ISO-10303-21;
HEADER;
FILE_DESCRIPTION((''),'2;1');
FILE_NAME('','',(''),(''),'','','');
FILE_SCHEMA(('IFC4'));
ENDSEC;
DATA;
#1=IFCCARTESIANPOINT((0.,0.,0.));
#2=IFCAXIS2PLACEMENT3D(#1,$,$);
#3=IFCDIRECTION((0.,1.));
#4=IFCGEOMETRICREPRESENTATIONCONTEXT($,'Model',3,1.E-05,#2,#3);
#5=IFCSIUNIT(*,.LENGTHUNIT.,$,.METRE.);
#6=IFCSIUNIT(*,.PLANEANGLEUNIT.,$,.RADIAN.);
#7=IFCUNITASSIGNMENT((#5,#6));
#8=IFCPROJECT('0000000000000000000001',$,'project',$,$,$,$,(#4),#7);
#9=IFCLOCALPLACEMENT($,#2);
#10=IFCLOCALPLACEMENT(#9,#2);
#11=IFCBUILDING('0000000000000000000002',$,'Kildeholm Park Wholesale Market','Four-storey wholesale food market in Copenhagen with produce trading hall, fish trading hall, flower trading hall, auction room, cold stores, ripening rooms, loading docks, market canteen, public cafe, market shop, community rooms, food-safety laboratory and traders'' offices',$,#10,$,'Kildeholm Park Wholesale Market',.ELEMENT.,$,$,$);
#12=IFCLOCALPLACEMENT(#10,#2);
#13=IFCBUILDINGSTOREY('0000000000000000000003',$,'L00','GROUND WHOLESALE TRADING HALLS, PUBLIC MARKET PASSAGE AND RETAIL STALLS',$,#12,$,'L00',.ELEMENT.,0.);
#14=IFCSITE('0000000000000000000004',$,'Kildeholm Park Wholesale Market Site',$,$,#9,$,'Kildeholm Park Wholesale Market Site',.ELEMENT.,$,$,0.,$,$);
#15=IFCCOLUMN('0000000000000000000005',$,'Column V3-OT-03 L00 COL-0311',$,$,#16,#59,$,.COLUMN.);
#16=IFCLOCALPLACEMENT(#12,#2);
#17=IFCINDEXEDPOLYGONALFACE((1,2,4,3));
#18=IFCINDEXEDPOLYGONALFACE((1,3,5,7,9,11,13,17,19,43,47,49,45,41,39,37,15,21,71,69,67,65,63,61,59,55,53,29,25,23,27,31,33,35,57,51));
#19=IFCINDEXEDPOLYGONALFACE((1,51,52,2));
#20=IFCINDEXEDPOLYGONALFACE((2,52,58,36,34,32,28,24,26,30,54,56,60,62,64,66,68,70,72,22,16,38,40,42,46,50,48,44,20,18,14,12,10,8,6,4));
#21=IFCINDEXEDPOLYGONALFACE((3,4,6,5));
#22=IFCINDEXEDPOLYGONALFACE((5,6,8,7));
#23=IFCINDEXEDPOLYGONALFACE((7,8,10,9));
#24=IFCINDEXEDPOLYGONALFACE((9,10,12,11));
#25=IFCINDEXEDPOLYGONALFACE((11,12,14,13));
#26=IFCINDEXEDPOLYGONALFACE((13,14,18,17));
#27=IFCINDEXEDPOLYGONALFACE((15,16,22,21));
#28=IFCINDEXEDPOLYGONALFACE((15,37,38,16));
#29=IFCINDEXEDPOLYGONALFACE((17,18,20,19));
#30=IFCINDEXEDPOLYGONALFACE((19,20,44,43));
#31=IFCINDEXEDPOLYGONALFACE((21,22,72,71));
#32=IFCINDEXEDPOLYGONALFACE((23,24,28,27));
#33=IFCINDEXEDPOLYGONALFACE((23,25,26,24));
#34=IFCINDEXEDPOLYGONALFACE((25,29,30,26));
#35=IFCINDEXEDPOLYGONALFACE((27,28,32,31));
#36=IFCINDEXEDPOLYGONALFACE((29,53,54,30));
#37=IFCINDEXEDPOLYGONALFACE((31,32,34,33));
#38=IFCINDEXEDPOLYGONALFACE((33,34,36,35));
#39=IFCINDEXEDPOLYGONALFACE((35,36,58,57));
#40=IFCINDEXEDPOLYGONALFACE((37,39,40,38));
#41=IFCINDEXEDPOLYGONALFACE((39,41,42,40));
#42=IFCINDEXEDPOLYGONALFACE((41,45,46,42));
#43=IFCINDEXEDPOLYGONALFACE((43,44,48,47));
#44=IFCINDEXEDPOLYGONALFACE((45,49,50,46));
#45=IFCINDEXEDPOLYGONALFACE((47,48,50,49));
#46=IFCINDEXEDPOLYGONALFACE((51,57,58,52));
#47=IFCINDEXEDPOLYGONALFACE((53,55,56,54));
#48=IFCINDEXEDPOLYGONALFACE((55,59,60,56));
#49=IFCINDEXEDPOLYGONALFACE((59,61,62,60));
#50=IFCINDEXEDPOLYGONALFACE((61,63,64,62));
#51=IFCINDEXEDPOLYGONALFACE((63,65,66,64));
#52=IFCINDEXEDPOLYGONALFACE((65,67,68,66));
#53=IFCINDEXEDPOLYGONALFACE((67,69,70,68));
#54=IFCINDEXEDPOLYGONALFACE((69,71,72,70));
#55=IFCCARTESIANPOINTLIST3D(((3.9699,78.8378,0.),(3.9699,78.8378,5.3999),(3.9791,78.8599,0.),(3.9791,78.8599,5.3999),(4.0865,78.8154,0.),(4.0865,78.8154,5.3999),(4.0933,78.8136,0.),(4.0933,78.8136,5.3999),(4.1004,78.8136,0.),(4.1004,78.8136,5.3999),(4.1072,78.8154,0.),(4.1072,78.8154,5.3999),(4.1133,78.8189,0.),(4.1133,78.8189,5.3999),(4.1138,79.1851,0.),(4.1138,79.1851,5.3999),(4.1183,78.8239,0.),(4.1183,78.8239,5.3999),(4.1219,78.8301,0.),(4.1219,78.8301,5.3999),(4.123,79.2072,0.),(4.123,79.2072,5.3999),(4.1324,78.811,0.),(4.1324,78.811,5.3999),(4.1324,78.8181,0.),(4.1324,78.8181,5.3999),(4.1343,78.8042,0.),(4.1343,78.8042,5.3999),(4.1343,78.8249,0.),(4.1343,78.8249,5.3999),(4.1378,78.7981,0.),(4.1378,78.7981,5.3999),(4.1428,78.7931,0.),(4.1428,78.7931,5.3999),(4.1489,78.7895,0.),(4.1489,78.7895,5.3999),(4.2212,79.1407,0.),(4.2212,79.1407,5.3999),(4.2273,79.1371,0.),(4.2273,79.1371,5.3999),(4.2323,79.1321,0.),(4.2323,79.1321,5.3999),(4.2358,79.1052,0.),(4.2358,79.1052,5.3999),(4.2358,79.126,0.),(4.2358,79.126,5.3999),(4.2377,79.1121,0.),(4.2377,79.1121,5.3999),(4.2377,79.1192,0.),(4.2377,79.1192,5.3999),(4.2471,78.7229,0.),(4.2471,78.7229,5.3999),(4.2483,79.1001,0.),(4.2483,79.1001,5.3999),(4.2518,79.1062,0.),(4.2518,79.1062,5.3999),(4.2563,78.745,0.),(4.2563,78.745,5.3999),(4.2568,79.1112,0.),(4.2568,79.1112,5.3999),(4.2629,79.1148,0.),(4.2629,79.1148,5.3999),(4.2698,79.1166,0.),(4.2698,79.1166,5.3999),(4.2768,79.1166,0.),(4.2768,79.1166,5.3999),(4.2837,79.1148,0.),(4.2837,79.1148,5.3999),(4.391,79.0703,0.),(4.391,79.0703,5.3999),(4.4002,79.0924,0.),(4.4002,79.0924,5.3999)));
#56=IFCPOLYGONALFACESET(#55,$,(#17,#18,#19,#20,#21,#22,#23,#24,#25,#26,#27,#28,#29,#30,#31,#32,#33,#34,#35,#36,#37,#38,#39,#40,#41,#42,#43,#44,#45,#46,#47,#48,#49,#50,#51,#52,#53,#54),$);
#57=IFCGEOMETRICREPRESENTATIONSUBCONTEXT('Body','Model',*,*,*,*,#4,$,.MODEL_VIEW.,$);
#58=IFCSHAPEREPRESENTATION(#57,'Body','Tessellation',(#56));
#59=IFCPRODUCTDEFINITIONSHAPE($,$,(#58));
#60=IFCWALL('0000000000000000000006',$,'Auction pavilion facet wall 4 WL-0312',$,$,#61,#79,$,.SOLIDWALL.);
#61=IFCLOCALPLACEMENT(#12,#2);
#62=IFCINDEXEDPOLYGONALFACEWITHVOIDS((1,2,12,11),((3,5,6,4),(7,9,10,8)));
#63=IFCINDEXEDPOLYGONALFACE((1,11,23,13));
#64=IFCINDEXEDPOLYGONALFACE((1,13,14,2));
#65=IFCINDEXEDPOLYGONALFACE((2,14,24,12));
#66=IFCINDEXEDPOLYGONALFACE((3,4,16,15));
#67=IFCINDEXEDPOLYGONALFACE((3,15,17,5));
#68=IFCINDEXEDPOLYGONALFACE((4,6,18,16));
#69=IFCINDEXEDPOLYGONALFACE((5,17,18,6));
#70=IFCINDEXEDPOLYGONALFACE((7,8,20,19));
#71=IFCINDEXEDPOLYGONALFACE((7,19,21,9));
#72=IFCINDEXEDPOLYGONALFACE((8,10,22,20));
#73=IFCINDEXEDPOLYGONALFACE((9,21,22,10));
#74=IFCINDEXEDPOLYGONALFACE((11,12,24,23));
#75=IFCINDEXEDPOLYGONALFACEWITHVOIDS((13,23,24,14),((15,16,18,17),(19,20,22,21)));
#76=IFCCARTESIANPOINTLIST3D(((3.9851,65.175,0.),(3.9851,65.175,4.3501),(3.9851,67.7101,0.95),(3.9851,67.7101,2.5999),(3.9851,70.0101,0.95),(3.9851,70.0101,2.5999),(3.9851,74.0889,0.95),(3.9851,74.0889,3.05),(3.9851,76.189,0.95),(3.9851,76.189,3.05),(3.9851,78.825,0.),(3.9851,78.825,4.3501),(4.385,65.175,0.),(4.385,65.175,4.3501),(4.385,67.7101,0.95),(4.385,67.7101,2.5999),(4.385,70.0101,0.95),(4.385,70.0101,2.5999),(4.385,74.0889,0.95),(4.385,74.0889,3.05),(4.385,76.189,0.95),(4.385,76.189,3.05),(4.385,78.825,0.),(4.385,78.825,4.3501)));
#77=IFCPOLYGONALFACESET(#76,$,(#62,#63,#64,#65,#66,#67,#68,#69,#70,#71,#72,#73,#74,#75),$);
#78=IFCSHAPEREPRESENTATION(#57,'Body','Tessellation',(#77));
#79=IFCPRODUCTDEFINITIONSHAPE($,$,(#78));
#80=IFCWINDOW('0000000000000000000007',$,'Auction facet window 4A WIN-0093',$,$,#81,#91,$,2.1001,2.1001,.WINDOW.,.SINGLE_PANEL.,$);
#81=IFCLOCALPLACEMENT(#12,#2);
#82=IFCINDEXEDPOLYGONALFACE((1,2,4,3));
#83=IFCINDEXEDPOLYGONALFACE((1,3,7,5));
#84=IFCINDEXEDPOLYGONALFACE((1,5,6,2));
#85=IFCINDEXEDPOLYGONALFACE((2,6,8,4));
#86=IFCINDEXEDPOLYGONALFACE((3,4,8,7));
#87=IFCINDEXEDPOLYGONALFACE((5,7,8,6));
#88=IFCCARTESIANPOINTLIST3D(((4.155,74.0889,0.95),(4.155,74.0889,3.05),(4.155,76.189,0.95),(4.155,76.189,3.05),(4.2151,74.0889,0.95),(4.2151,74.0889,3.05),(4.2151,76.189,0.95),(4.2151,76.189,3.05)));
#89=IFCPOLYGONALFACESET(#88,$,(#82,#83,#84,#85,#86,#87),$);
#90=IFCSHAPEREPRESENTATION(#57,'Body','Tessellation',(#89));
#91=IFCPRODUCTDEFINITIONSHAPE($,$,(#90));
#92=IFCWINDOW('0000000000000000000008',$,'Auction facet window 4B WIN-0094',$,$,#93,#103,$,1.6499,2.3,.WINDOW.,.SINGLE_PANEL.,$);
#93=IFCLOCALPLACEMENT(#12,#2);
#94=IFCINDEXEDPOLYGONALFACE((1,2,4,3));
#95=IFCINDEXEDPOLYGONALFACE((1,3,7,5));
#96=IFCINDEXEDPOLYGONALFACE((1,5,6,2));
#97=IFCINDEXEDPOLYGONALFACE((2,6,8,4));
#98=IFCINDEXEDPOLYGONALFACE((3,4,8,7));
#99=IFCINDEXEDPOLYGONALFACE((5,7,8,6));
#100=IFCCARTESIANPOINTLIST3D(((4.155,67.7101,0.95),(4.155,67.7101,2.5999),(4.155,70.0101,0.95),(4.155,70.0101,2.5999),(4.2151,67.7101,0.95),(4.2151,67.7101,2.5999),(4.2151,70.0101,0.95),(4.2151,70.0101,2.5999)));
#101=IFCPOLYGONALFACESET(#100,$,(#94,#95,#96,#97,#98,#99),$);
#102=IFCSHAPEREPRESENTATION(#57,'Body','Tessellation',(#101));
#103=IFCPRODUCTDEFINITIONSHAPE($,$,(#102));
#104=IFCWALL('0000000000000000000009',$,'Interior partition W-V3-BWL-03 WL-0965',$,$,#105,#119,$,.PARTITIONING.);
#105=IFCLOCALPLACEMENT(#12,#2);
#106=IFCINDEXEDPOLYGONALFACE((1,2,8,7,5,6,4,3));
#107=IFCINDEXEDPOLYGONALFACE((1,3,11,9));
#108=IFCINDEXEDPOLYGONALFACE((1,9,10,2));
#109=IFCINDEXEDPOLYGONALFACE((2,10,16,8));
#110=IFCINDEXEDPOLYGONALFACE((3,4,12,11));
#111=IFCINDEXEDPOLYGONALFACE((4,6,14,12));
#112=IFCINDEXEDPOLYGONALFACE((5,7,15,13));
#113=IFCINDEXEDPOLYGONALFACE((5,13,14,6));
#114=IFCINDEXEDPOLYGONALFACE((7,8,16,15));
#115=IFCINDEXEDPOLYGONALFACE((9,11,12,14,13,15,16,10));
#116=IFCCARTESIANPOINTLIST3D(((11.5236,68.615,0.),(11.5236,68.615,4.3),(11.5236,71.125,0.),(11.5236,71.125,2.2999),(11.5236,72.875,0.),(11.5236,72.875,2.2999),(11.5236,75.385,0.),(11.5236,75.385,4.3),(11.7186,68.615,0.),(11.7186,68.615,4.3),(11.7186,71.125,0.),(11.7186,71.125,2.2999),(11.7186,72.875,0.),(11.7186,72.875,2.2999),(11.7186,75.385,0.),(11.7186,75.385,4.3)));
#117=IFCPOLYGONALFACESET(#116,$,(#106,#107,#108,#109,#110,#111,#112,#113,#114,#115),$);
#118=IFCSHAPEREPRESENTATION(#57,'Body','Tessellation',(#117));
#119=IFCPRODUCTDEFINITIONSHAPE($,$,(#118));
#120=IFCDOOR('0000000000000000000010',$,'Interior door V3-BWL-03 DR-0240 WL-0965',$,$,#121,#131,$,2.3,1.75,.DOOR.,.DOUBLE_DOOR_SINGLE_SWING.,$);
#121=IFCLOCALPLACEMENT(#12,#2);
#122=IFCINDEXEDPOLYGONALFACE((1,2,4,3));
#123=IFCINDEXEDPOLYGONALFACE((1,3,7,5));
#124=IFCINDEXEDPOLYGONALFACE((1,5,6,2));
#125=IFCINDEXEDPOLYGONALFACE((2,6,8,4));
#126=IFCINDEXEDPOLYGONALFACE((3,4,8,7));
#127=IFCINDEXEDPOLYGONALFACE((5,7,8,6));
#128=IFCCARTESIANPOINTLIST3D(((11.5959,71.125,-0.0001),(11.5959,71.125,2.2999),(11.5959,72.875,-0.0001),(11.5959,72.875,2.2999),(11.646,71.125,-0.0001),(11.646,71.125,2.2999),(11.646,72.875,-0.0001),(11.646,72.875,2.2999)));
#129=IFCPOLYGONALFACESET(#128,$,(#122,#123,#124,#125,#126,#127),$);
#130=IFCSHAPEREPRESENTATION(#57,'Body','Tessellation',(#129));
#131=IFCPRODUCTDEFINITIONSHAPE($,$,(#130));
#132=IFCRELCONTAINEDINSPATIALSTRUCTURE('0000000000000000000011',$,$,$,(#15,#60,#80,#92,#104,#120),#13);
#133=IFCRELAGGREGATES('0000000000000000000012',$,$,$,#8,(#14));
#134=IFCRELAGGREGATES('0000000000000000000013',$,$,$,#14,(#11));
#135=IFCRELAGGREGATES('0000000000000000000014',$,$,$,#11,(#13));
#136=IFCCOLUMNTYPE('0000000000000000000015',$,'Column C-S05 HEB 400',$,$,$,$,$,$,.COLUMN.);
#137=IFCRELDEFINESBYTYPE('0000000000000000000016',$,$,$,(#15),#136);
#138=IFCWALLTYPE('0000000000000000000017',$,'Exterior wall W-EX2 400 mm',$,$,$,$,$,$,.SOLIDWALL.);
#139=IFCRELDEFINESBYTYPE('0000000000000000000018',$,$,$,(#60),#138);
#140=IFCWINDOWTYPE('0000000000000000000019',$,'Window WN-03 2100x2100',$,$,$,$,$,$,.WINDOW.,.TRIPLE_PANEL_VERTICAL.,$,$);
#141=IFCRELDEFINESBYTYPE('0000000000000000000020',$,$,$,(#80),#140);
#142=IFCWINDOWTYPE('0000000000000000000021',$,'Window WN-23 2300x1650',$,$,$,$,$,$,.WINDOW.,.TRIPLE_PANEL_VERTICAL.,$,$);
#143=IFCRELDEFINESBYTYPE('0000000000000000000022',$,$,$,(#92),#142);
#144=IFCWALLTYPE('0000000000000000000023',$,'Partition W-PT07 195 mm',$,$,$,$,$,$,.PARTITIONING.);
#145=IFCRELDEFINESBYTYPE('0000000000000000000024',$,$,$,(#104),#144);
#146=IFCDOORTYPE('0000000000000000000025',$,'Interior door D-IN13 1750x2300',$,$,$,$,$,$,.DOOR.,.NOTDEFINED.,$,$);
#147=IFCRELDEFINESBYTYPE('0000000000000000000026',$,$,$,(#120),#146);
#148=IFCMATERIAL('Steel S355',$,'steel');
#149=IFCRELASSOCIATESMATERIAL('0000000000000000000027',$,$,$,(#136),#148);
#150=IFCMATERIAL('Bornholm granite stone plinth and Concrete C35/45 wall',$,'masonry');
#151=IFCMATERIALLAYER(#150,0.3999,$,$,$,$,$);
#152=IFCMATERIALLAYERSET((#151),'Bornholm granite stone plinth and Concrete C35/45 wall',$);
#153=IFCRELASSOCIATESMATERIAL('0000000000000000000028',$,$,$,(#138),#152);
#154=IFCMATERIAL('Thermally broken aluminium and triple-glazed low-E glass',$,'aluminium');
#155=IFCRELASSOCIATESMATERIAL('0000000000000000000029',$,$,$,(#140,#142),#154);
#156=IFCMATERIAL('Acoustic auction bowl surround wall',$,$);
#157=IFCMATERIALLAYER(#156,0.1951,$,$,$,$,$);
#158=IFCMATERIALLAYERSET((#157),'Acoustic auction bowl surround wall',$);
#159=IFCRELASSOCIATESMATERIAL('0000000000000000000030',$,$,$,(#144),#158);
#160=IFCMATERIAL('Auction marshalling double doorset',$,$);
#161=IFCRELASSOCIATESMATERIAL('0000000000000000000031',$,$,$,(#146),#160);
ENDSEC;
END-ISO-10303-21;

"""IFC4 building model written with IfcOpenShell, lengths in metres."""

from ifc_helpers import new_model, si_unit, direction, frame, frame_2d, origin, origin_2d, place, context, subcontext, project, spatial, rectangle, i_section, extrude, material, layer, layer_set, material_profile, profile_set, type_object, element, fill, save


model = new_model("IFC4")

# Units and contexts
model_context = context("Model", 3, precision=1e-05, world=origin(), true_north=direction((0.0, 1.0)))
body_context = subcontext(model_context, "Body", "Model", "MODEL_VIEW")
ifc_project = project(units=[si_unit("LENGTHUNIT", "METRE"), si_unit("PLANEANGLEUNIT", "RADIAN")], contexts=[model_context])

# Site, building, storey
site_placement = place(None, origin())
site = spatial("IfcSite", under=ifc_project, at=site_placement, Name="Kildeholm Park Wholesale Market Site", LongName="Kildeholm Park Wholesale Market Site", CompositionType="ELEMENT", RefElevation=0.0)
building_placement = place(site_placement, origin())
building = spatial("IfcBuilding", under=site, at=building_placement, Name="Kildeholm Park Wholesale Market", Description="Four-storey wholesale food market in Copenhagen with produce trading hall, fish trading hall, flower trading hall, auction room, cold stores, ripening rooms, loading docks, market canteen, public cafe, market shop, community rooms, food-safety laboratory and traders' offices", LongName="Kildeholm Park Wholesale Market", CompositionType="ELEMENT")
storey_placement = place(building_placement, origin())
storey = spatial("IfcBuildingStorey", under=building, at=storey_placement, Name="L00", Description="GROUND WHOLESALE TRADING HALLS, PUBLIC MARKET PASSAGE AND RETAIL STALLS", LongName="L00", CompositionType="ELEMENT", Elevation=0.0)

# Column
ifc_material_1 = material(Name="Steel S355", Category="steel")
ifc_material_profile_1 = material_profile(ifc_material_1, i_section(OverallWidth=0.3, OverallDepth=0.3999, WebThickness=0.0134, FlangeThickness=0.0239, FilletRadius=0.0271, at=origin_2d()), Name="HEB 400")
ifc_profile_set_1 = profile_set([ifc_material_profile_1], Name="Steel S355")
column_type_1 = type_object("IfcColumnType", Name="Column C-S05 HEB 400", PredefinedType="COLUMN", material=ifc_profile_set_1)
column_1_placement = place(storey_placement, frame((4.1851, 78.9651, 0.0), z_axis=(0.0, 0.0, 1.0), x_axis=(-0.92388, 0.382683, 0.0)))
element("IfcColumn", 1, at=column_1_placement, inside=storey, type_object=column_type_1, Name="Column V3-OT-03 L00 COL-0311", PredefinedType="COLUMN", context=body_context, shape_type="SweptSolid", body=[
    extrude(i_section(OverallWidth=0.3, OverallDepth=0.3999, WebThickness=0.0134, FlangeThickness=0.0239, FilletRadius=0.0271, at=origin_2d()), origin(), (0.0, 0.0, 1.0), 5.3999),
])

# Wall, openings, windows
ifc_material_2 = material(Name="Bornholm granite stone plinth and Concrete C35/45 wall", Category="masonry")
ifc_layer_1 = layer(ifc_material_2, 0.3999)
ifc_layer_set_1 = layer_set([ifc_layer_1], Name="Bornholm granite stone plinth and Concrete C35/45 wall")
wall_type_1 = type_object("IfcWallType", Name="Exterior wall W-EX2 400 mm", PredefinedType="SOLIDWALL", material=ifc_layer_set_1)
wall_1_placement = place(storey_placement, frame((4.1851, 78.825, 0.0), z_axis=(0.0, 0.0, 1.0), x_axis=(0.0, -1.0, 0.0)))
wall_1 = element("IfcWall", 2, at=wall_1_placement, inside=storey, type_object=wall_type_1, Name="Auction pavilion facet wall 4 WL-0312", PredefinedType="SOLIDWALL", context=body_context, shape_type="SweptSolid", body=[
    extrude(rectangle(XDim=13.6499, YDim=0.3999, at=frame_2d((6.825, 0.0))), origin(), (0.0, 0.0, 1.0), 4.3501),
])
opening_1_placement = place(wall_1_placement, frame((2.636, 0.0, 0.95)))
opening_1 = element("IfcOpeningElement", 3, at=opening_1_placement, cuts=wall_1, PredefinedType="OPENING", context=body_context, shape_type="SweptSolid", body=[
    extrude(rectangle(XDim=2.1001, YDim=2.1001, at=frame_2d((1.05, 1.05))), frame((0.0, 0.21, 0.0), z_axis=(0.0, -1.0, 0.0), x_axis=(1.0, 0.0, 0.0)), (0.0, 0.0, 1.0), 0.4199),
])
opening_2_placement = place(wall_1_placement, frame((8.8149, 0.0, 0.95)))
opening_2 = element("IfcOpeningElement", 4, at=opening_2_placement, cuts=wall_1, PredefinedType="OPENING", context=body_context, shape_type="SweptSolid", body=[
    extrude(rectangle(XDim=2.3, YDim=1.6499, at=frame_2d((1.1499, 0.825))), frame((0.0, 0.21, 0.0), z_axis=(0.0, -1.0, 0.0), x_axis=(1.0, 0.0, 0.0)), (0.0, 0.0, 1.0), 0.4199),
])
ifc_material_3 = material(Name="Thermally broken aluminium and triple-glazed low-E glass", Category="aluminium")
window_type_1 = type_object("IfcWindowType", Name="Window WN-03 2100x2100", PartitioningType="TRIPLE_PANEL_VERTICAL", PredefinedType="WINDOW", material=ifc_material_3)
window_1_placement = place(opening_1_placement, origin())
window_1 = element("IfcWindow", 5, at=window_1_placement, inside=storey, type_object=window_type_1, Name="Auction facet window 4A WIN-0093", OverallHeight=2.1001, OverallWidth=2.1001, PartitioningType="SINGLE_PANEL", PredefinedType="WINDOW", context=body_context, shape_type="SweptSolid", body=[
    extrude(rectangle(XDim=2.1001, YDim=2.1001, at=frame_2d((1.05, 1.05))), frame((0.0, 0.03, 0.0), z_axis=(0.0, -1.0, 0.0), x_axis=(1.0, 0.0, 0.0)), (0.0, 0.0, 1.0), 0.0601),
])
fill(opening_1, window_1)
window_type_2 = type_object("IfcWindowType", Name="Window WN-23 2300x1650", PartitioningType="TRIPLE_PANEL_VERTICAL", PredefinedType="WINDOW", material=ifc_material_3)
window_2_placement = place(opening_2_placement, origin())
window_2 = element("IfcWindow", 6, at=window_2_placement, inside=storey, type_object=window_type_2, Name="Auction facet window 4B WIN-0094", OverallHeight=1.6499, OverallWidth=2.3, PartitioningType="SINGLE_PANEL", PredefinedType="WINDOW", context=body_context, shape_type="SweptSolid", body=[
    extrude(rectangle(XDim=2.3, YDim=1.6499, at=frame_2d((1.1499, 0.825))), frame((0.0, 0.03, 0.0), z_axis=(0.0, -1.0, 0.0), x_axis=(1.0, 0.0, 0.0)), (0.0, 0.0, 1.0), 0.0601),
])
fill(opening_2, window_2)

# Wall, opening, door
ifc_material_4 = material(Name="Acoustic auction bowl surround wall")
ifc_layer_2 = layer(ifc_material_4, 0.1951)
ifc_layer_set_2 = layer_set([ifc_layer_2], Name="Acoustic auction bowl surround wall")
wall_type_2 = type_object("IfcWallType", Name="Partition W-PT07 195 mm", PredefinedType="PARTITIONING", material=ifc_layer_set_2)
wall_2_placement = place(storey_placement, frame((11.6211, 75.385, 0.0), z_axis=(0.0, 0.0, 1.0), x_axis=(0.0, -1.0, 0.0)))
wall_2 = element("IfcWall", 7, at=wall_2_placement, inside=storey, type_object=wall_type_2, Name="Interior partition W-V3-BWL-03 WL-0965", PredefinedType="PARTITIONING", context=body_context, shape_type="SweptSolid", body=[
    extrude(rectangle(XDim=6.77, YDim=0.1951, at=frame_2d((3.385, 0.0))), origin(), (0.0, 0.0, 1.0), 4.3),
])
opening_3_placement = place(wall_2_placement, frame((2.51, 0.0, 0.0)))
opening_3 = element("IfcOpeningElement", 8, at=opening_3_placement, cuts=wall_2, PredefinedType="OPENING", context=body_context, shape_type="SweptSolid", body=[
    extrude(rectangle(XDim=1.75, YDim=2.3, at=frame_2d((0.875, 1.1499))), frame((0.0, 0.1074, 0.0), z_axis=(0.0, -1.0, 0.0), x_axis=(1.0, 0.0, 0.0)), (0.0, 0.0, 1.0), 0.2151),
])
ifc_material_5 = material(Name="Auction marshalling double doorset")
door_type = type_object("IfcDoorType", Name="Interior door D-IN13 1750x2300", OperationType="NOTDEFINED", PredefinedType="DOOR", material=ifc_material_5)
door_placement = place(opening_3_placement, origin())
door = element("IfcDoor", 9, at=door_placement, inside=storey, type_object=door_type, Name="Interior door V3-BWL-03 DR-0240 WL-0965", OperationType="DOUBLE_DOOR_SINGLE_SWING", OverallHeight=2.3, OverallWidth=1.75, PredefinedType="DOOR", context=body_context, shape_type="SweptSolid", body=[
    extrude(rectangle(XDim=1.75, YDim=2.3, at=frame_2d((0.875, 1.1499))), frame((0.0, 0.0249, 0.0), z_axis=(0.0, -1.0, 0.0), x_axis=(1.0, 0.0, 0.0)), (0.0, 0.0, 1.0), 0.05),
])
fill(opening_3, door)

save(model, "model.ifc")
